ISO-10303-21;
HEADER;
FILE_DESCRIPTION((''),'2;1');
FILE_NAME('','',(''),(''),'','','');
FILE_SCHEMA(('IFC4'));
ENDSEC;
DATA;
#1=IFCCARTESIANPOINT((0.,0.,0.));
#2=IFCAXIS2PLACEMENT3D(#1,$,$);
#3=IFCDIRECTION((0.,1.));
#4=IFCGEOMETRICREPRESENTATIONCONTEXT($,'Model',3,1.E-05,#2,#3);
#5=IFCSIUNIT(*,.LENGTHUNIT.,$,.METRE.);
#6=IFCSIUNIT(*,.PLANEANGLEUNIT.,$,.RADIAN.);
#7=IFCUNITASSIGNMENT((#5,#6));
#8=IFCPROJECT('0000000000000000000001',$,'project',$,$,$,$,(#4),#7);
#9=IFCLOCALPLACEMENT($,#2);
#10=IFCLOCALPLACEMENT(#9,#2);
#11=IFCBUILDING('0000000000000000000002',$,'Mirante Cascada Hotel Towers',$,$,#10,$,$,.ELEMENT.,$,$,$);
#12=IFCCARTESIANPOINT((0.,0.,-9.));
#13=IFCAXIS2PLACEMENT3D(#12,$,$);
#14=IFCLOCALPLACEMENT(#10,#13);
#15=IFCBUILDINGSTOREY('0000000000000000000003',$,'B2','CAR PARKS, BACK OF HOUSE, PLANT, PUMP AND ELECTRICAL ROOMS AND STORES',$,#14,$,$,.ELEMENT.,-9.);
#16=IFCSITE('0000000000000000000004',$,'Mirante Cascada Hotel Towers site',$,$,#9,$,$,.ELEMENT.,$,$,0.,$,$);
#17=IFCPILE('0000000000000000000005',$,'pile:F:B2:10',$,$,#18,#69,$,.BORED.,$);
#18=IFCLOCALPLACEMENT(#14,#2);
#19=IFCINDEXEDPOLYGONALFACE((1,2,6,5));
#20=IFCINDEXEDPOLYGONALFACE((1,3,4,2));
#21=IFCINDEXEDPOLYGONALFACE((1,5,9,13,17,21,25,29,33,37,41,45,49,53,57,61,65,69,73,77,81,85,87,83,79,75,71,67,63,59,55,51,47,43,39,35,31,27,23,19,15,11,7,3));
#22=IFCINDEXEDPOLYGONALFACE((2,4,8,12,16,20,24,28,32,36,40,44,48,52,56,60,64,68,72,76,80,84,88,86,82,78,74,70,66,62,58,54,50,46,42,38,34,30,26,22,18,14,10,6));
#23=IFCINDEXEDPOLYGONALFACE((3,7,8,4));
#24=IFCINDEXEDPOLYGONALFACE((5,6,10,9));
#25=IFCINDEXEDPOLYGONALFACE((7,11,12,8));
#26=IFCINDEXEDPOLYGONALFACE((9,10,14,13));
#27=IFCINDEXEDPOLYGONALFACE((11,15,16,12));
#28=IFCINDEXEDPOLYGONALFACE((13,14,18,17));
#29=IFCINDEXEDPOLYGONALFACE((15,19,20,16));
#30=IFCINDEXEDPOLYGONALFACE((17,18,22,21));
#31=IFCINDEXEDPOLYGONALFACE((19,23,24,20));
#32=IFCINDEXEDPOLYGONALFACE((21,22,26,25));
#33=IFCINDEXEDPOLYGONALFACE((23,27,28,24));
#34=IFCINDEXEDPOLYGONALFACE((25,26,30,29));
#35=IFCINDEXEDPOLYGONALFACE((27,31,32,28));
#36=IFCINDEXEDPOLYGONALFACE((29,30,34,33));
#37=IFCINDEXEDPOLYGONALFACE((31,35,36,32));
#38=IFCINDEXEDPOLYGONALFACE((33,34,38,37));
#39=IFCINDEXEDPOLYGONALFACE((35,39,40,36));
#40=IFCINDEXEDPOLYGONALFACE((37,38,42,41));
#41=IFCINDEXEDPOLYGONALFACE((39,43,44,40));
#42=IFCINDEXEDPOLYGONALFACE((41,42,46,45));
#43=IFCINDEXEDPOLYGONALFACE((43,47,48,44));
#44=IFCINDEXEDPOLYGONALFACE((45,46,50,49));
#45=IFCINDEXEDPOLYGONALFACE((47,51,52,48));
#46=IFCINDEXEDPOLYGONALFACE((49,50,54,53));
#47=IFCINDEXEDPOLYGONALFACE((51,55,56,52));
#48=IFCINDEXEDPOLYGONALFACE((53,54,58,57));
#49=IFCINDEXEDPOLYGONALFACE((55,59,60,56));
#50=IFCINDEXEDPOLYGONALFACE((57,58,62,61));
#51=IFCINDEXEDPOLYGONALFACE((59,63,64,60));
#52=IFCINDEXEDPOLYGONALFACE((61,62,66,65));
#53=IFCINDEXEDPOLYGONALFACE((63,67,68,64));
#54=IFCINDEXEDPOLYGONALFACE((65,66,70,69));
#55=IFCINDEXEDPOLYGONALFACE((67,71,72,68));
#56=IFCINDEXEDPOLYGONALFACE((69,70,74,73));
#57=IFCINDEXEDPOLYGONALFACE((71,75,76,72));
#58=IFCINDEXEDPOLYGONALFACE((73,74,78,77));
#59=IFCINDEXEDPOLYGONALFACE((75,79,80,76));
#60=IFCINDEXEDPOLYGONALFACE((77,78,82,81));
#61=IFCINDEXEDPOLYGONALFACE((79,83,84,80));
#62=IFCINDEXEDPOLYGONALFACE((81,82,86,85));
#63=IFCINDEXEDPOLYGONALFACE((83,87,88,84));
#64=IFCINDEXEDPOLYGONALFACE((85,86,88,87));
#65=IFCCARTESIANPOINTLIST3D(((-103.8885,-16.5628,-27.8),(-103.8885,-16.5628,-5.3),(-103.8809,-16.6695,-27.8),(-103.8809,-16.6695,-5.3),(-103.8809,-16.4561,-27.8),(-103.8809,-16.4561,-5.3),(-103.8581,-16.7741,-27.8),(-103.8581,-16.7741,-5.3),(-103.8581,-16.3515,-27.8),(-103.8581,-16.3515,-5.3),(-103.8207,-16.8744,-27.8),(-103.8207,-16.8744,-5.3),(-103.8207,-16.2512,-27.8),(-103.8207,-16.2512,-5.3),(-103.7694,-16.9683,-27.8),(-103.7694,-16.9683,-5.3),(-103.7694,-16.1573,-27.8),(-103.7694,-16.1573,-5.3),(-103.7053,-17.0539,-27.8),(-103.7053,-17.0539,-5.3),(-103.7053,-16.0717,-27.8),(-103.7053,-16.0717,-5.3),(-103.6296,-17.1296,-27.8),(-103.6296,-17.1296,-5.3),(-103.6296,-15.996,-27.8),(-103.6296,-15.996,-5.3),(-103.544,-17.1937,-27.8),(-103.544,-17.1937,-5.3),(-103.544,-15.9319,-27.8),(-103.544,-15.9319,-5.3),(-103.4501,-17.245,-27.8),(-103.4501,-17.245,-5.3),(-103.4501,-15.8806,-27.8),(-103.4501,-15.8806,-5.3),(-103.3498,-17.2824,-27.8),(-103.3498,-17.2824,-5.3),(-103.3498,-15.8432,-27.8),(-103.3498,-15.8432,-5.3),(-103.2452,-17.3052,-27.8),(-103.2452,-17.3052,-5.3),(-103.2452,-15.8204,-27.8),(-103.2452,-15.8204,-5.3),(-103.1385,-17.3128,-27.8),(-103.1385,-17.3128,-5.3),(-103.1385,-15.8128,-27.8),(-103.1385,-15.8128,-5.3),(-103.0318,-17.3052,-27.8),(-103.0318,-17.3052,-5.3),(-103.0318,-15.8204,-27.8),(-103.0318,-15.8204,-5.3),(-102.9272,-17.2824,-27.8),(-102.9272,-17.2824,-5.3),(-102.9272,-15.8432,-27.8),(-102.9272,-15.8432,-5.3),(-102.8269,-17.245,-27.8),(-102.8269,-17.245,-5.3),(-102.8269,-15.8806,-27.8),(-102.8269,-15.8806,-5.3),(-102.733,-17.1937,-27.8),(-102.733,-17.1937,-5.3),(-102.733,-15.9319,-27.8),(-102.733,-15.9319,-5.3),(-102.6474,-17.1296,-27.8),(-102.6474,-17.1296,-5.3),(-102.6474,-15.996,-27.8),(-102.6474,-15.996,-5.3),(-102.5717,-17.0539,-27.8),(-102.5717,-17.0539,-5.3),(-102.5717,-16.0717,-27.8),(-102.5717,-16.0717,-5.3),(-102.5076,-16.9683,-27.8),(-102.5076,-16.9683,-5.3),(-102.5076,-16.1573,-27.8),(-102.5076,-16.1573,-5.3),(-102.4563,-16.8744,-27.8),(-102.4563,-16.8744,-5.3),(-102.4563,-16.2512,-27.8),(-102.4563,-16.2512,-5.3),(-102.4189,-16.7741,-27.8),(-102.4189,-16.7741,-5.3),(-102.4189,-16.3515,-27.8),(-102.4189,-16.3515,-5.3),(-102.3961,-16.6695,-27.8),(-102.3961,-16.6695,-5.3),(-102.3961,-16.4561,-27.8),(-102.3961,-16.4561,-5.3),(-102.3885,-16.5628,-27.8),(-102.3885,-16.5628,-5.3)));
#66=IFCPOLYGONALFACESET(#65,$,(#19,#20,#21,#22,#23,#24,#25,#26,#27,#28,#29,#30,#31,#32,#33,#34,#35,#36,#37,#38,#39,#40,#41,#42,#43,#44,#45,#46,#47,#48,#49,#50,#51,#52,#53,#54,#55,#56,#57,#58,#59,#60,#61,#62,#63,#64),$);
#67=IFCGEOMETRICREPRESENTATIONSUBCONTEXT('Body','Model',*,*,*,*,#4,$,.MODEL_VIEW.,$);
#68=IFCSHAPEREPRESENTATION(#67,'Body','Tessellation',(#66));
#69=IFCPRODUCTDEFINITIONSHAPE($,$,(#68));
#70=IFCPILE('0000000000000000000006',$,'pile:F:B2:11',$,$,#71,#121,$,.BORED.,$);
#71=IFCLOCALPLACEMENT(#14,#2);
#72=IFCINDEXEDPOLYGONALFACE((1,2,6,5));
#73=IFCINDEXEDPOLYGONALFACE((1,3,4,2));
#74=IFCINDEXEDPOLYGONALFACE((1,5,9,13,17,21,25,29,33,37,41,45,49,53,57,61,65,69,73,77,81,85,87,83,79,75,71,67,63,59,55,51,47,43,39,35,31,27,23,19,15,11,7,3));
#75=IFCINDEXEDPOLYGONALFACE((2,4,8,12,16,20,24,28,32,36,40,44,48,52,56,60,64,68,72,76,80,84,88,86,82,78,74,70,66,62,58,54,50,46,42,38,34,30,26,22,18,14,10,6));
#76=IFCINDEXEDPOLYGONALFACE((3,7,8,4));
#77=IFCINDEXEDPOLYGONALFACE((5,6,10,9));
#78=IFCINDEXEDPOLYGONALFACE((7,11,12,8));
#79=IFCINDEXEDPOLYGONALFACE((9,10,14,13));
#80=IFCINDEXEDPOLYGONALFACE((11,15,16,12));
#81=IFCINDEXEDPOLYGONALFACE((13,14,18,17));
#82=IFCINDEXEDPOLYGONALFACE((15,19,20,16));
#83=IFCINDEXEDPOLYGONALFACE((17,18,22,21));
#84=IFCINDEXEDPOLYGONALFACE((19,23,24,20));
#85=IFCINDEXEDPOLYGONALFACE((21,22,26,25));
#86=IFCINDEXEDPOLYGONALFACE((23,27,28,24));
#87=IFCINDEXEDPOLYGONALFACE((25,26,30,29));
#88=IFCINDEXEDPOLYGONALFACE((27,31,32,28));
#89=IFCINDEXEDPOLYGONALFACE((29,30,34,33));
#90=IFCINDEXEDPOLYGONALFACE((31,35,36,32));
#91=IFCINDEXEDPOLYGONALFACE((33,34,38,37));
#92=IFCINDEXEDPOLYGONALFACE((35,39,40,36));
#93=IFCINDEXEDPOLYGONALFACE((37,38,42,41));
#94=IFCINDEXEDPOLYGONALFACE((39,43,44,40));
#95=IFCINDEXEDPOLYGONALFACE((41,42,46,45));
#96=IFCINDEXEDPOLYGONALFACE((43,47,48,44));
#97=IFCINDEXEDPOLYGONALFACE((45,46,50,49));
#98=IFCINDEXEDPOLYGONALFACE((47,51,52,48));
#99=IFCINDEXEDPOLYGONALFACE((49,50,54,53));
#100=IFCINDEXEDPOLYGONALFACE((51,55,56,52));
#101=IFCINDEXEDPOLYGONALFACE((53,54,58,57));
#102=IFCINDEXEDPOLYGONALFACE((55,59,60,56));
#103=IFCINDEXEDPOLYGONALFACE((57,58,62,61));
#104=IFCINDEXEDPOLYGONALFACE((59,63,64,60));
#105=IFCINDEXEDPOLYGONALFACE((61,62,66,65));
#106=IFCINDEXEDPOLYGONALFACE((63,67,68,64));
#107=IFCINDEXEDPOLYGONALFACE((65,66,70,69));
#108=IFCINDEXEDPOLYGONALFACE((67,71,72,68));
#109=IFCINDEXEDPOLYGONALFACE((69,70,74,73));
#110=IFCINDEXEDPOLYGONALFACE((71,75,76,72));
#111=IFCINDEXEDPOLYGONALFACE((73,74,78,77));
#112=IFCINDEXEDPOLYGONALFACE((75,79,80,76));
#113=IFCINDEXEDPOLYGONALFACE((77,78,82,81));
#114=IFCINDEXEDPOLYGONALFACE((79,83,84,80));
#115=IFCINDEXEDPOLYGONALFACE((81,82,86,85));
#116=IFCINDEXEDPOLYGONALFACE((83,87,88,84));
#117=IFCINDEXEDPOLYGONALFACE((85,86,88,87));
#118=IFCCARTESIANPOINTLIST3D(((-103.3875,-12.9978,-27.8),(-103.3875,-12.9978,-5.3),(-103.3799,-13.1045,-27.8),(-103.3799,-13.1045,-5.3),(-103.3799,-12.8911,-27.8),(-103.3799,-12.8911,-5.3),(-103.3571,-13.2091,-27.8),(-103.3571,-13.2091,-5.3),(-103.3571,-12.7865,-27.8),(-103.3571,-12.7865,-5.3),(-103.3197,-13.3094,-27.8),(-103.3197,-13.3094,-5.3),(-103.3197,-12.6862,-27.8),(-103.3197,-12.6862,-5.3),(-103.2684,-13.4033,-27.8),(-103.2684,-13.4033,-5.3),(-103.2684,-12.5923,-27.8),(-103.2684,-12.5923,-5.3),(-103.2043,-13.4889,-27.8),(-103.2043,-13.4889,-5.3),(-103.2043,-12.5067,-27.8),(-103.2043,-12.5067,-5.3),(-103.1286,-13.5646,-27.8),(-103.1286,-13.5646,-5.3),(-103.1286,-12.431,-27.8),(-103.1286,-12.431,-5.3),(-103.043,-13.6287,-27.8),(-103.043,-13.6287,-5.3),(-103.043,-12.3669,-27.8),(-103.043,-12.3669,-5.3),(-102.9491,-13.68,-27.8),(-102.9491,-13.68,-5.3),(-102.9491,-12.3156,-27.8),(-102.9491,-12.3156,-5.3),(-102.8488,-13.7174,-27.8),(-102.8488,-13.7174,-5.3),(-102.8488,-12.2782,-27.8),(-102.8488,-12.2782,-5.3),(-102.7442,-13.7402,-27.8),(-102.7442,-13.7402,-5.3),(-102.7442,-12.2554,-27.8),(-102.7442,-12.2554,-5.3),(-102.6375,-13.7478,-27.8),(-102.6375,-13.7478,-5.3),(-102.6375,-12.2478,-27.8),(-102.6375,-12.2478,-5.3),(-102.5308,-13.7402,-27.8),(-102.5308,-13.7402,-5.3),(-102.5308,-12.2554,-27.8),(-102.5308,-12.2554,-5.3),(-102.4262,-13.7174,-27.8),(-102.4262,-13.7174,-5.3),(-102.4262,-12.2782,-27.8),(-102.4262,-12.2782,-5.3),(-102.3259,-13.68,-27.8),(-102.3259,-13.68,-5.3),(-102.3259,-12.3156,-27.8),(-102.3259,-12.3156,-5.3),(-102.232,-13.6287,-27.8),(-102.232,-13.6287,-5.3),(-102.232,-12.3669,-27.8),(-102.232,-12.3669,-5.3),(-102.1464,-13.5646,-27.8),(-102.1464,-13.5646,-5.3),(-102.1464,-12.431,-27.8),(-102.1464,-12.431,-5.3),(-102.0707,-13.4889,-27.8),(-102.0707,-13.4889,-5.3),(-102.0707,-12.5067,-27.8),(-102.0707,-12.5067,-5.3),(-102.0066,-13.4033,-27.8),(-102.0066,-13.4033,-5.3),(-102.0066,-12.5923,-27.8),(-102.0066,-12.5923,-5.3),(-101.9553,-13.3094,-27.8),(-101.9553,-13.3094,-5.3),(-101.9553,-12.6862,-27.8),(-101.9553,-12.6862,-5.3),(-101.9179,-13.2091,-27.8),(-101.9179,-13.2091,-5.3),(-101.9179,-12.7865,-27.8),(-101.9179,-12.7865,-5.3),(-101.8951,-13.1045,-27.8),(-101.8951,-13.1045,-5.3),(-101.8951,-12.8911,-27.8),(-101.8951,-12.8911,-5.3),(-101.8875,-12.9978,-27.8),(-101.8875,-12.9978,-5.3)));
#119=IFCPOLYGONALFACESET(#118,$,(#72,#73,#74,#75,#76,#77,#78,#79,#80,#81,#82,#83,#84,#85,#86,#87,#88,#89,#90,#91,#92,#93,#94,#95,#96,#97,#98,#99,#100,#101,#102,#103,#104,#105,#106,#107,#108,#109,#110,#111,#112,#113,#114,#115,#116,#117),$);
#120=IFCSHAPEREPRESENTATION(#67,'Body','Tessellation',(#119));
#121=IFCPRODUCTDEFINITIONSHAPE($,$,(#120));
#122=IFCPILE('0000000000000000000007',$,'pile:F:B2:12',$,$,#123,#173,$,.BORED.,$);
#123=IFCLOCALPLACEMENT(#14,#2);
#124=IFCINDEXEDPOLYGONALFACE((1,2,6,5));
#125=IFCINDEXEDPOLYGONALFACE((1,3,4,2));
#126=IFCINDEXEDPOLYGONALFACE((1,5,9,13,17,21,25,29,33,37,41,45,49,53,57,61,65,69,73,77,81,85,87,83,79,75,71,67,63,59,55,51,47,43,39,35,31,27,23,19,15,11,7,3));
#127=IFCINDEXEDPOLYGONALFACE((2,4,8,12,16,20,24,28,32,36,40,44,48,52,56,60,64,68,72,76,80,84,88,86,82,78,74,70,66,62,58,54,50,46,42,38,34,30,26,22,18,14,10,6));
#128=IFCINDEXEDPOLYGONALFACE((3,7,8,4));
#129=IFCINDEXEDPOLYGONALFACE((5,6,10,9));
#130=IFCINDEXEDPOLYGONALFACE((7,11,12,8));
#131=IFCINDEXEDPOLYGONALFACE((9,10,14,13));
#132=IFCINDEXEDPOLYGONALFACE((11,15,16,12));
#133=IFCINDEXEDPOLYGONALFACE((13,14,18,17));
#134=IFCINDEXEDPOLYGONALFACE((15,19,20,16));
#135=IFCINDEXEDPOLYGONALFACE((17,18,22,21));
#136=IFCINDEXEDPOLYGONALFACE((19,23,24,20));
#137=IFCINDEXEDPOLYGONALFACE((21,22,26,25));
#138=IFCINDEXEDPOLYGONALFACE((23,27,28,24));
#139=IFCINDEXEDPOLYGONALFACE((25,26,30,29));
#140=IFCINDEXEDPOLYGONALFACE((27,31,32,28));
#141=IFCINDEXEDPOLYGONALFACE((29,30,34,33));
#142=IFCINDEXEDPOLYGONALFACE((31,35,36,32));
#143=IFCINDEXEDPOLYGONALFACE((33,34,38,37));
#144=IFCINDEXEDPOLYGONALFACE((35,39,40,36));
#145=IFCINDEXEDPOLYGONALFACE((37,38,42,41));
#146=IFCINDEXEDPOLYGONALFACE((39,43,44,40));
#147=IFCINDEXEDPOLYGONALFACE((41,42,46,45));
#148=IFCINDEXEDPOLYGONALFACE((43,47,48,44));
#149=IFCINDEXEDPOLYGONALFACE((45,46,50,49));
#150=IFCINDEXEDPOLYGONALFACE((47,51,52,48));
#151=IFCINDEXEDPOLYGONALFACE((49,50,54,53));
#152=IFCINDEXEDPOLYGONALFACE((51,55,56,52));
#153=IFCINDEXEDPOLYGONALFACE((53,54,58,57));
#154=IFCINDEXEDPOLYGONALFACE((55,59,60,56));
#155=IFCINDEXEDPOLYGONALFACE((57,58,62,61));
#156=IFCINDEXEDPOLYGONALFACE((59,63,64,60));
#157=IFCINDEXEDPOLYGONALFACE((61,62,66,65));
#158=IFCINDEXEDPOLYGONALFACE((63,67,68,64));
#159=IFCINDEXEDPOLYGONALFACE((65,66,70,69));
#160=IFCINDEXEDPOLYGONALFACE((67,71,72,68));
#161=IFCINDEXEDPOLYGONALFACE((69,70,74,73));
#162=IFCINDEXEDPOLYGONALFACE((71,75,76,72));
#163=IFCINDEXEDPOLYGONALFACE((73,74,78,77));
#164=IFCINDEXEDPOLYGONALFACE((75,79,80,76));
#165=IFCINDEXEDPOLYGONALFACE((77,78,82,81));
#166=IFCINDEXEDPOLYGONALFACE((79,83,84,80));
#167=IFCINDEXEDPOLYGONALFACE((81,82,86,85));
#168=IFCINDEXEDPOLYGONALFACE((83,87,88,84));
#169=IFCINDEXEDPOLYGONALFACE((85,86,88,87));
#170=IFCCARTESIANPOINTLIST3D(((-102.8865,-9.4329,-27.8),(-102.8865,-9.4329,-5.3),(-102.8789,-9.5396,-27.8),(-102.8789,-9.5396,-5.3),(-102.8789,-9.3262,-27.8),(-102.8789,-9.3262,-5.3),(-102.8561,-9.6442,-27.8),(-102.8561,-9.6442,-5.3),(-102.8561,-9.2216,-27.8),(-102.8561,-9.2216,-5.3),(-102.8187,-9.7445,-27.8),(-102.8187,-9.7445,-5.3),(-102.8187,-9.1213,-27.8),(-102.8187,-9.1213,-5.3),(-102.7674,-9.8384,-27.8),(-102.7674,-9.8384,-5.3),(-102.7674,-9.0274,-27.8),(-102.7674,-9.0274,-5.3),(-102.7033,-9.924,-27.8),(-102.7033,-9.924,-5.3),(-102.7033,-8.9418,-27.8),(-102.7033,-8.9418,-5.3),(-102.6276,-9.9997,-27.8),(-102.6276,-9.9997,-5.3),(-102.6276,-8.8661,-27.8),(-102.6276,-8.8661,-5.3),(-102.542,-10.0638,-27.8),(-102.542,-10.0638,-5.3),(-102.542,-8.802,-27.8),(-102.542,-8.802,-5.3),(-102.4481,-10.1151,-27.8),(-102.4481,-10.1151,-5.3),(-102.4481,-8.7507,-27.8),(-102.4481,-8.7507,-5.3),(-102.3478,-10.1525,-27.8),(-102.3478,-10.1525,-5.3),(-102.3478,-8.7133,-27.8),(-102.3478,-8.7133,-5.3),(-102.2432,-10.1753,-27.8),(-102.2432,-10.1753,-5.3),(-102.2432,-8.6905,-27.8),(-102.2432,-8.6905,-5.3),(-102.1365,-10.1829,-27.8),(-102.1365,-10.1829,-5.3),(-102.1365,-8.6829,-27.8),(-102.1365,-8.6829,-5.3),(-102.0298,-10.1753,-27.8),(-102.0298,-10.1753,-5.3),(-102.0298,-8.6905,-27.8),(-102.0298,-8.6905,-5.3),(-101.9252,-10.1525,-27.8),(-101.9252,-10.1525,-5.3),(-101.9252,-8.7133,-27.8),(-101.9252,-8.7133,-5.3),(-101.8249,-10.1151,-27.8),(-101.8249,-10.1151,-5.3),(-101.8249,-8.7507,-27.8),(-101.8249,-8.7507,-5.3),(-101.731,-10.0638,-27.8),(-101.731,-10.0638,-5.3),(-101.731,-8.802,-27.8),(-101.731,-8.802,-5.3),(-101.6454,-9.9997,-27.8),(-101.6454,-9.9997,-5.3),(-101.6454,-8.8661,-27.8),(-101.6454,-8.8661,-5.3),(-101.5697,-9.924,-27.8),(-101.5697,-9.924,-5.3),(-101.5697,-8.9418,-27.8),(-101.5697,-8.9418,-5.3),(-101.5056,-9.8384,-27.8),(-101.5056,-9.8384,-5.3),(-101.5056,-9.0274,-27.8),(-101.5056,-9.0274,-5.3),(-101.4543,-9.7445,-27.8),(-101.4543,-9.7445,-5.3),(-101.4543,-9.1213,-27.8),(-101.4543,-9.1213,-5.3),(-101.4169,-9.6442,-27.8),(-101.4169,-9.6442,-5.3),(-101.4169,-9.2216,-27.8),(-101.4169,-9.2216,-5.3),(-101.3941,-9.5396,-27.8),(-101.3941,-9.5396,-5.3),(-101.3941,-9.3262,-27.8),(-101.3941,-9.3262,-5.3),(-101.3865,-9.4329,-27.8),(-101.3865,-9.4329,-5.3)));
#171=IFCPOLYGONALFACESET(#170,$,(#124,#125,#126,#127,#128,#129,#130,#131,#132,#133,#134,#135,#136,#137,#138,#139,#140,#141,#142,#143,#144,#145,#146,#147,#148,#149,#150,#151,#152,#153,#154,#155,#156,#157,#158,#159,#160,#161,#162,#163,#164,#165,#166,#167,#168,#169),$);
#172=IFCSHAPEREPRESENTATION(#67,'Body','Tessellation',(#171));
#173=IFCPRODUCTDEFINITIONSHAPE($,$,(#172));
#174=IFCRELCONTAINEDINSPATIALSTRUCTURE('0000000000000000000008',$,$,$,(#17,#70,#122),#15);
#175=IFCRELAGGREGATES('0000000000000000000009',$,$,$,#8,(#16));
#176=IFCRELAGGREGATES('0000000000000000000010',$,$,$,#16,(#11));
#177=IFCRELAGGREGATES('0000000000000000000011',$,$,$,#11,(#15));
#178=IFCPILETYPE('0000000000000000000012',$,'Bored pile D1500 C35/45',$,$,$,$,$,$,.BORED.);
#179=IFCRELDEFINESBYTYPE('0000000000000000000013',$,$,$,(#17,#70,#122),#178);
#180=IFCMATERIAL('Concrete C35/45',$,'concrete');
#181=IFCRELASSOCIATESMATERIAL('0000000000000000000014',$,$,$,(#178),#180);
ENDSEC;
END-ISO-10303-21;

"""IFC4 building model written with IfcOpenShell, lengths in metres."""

from ifc_helpers import new_model, si_unit, direction, frame, origin, origin_2d, place, context, subcontext, project, spatial, circle, extrude, material, material_profile, profile_set, type_object, element, save


model = new_model("IFC4")

# Units and contexts
model_context = context("Model", 3, precision=1e-05, world=origin(), true_north=direction((0.0, 1.0)))
body_context = subcontext(model_context, "Body", "Model", "MODEL_VIEW")
ifc_project = project(units=[si_unit("LENGTHUNIT", "METRE"), si_unit("PLANEANGLEUNIT", "RADIAN")], contexts=[model_context])

# Site, building, storey
site_placement = place(None, origin())
site = spatial("IfcSite", under=ifc_project, at=site_placement, Name="Mirante Cascada Hotel Towers site", CompositionType="ELEMENT", RefElevation=0.0)
building_placement = place(site_placement, origin())
building = spatial("IfcBuilding", under=site, at=building_placement, Name="Mirante Cascada Hotel Towers", CompositionType="ELEMENT")
storey_placement = place(building_placement, frame((0.0, 0.0, -9.0)))
storey = spatial("IfcBuildingStorey", under=building, at=storey_placement, Name="B2", Description="CAR PARKS, BACK OF HOUSE, PLANT, PUMP AND ELECTRICAL ROOMS AND STORES", CompositionType="ELEMENT", Elevation=-9.0)

# Piles
ifc_material_1 = material(Name="Concrete C35/45", Category="concrete")
ifc_material_profile_1 = material_profile(ifc_material_1, circle(Radius=0.75, at=origin_2d()), Name="RC D1500")
ifc_profile_set_1 = profile_set([ifc_material_profile_1], Name="Concrete C35/45")
pile_type = type_object("IfcPileType", Name="Bored pile D1500 C35/45", PredefinedType="BORED", material=ifc_profile_set_1)
for number, where, z_axis, x_axis, name in (
    (1, (-103.1385, -16.5628, -5.3), (0.0, 0.0, -1.0), (1.0, 0.0, 0.0), "pile:F:B2:10"),
    (2, (-102.6375, -12.9978, -5.3), (0.0, 0.0, -1.0), (1.0, 0.0, 0.0), "pile:F:B2:11"),
    (3, (-102.1365, -9.4329, -5.3), (0.0, 0.0, -1.0), (1.0, 0.0, 0.0), "pile:F:B2:12"),
):
    element("IfcPile", number, at=place(storey_placement, frame(where, z_axis=z_axis, x_axis=x_axis)), inside=storey, type_object=pile_type, Name=name, PredefinedType="BORED", context=body_context, shape_type="SweptSolid", body=[
        extrude(circle(Radius=0.75, at=origin_2d()), origin(), (0.0, 0.0, 1.0), 22.5),
    ])

save(model, "model.ifc")
